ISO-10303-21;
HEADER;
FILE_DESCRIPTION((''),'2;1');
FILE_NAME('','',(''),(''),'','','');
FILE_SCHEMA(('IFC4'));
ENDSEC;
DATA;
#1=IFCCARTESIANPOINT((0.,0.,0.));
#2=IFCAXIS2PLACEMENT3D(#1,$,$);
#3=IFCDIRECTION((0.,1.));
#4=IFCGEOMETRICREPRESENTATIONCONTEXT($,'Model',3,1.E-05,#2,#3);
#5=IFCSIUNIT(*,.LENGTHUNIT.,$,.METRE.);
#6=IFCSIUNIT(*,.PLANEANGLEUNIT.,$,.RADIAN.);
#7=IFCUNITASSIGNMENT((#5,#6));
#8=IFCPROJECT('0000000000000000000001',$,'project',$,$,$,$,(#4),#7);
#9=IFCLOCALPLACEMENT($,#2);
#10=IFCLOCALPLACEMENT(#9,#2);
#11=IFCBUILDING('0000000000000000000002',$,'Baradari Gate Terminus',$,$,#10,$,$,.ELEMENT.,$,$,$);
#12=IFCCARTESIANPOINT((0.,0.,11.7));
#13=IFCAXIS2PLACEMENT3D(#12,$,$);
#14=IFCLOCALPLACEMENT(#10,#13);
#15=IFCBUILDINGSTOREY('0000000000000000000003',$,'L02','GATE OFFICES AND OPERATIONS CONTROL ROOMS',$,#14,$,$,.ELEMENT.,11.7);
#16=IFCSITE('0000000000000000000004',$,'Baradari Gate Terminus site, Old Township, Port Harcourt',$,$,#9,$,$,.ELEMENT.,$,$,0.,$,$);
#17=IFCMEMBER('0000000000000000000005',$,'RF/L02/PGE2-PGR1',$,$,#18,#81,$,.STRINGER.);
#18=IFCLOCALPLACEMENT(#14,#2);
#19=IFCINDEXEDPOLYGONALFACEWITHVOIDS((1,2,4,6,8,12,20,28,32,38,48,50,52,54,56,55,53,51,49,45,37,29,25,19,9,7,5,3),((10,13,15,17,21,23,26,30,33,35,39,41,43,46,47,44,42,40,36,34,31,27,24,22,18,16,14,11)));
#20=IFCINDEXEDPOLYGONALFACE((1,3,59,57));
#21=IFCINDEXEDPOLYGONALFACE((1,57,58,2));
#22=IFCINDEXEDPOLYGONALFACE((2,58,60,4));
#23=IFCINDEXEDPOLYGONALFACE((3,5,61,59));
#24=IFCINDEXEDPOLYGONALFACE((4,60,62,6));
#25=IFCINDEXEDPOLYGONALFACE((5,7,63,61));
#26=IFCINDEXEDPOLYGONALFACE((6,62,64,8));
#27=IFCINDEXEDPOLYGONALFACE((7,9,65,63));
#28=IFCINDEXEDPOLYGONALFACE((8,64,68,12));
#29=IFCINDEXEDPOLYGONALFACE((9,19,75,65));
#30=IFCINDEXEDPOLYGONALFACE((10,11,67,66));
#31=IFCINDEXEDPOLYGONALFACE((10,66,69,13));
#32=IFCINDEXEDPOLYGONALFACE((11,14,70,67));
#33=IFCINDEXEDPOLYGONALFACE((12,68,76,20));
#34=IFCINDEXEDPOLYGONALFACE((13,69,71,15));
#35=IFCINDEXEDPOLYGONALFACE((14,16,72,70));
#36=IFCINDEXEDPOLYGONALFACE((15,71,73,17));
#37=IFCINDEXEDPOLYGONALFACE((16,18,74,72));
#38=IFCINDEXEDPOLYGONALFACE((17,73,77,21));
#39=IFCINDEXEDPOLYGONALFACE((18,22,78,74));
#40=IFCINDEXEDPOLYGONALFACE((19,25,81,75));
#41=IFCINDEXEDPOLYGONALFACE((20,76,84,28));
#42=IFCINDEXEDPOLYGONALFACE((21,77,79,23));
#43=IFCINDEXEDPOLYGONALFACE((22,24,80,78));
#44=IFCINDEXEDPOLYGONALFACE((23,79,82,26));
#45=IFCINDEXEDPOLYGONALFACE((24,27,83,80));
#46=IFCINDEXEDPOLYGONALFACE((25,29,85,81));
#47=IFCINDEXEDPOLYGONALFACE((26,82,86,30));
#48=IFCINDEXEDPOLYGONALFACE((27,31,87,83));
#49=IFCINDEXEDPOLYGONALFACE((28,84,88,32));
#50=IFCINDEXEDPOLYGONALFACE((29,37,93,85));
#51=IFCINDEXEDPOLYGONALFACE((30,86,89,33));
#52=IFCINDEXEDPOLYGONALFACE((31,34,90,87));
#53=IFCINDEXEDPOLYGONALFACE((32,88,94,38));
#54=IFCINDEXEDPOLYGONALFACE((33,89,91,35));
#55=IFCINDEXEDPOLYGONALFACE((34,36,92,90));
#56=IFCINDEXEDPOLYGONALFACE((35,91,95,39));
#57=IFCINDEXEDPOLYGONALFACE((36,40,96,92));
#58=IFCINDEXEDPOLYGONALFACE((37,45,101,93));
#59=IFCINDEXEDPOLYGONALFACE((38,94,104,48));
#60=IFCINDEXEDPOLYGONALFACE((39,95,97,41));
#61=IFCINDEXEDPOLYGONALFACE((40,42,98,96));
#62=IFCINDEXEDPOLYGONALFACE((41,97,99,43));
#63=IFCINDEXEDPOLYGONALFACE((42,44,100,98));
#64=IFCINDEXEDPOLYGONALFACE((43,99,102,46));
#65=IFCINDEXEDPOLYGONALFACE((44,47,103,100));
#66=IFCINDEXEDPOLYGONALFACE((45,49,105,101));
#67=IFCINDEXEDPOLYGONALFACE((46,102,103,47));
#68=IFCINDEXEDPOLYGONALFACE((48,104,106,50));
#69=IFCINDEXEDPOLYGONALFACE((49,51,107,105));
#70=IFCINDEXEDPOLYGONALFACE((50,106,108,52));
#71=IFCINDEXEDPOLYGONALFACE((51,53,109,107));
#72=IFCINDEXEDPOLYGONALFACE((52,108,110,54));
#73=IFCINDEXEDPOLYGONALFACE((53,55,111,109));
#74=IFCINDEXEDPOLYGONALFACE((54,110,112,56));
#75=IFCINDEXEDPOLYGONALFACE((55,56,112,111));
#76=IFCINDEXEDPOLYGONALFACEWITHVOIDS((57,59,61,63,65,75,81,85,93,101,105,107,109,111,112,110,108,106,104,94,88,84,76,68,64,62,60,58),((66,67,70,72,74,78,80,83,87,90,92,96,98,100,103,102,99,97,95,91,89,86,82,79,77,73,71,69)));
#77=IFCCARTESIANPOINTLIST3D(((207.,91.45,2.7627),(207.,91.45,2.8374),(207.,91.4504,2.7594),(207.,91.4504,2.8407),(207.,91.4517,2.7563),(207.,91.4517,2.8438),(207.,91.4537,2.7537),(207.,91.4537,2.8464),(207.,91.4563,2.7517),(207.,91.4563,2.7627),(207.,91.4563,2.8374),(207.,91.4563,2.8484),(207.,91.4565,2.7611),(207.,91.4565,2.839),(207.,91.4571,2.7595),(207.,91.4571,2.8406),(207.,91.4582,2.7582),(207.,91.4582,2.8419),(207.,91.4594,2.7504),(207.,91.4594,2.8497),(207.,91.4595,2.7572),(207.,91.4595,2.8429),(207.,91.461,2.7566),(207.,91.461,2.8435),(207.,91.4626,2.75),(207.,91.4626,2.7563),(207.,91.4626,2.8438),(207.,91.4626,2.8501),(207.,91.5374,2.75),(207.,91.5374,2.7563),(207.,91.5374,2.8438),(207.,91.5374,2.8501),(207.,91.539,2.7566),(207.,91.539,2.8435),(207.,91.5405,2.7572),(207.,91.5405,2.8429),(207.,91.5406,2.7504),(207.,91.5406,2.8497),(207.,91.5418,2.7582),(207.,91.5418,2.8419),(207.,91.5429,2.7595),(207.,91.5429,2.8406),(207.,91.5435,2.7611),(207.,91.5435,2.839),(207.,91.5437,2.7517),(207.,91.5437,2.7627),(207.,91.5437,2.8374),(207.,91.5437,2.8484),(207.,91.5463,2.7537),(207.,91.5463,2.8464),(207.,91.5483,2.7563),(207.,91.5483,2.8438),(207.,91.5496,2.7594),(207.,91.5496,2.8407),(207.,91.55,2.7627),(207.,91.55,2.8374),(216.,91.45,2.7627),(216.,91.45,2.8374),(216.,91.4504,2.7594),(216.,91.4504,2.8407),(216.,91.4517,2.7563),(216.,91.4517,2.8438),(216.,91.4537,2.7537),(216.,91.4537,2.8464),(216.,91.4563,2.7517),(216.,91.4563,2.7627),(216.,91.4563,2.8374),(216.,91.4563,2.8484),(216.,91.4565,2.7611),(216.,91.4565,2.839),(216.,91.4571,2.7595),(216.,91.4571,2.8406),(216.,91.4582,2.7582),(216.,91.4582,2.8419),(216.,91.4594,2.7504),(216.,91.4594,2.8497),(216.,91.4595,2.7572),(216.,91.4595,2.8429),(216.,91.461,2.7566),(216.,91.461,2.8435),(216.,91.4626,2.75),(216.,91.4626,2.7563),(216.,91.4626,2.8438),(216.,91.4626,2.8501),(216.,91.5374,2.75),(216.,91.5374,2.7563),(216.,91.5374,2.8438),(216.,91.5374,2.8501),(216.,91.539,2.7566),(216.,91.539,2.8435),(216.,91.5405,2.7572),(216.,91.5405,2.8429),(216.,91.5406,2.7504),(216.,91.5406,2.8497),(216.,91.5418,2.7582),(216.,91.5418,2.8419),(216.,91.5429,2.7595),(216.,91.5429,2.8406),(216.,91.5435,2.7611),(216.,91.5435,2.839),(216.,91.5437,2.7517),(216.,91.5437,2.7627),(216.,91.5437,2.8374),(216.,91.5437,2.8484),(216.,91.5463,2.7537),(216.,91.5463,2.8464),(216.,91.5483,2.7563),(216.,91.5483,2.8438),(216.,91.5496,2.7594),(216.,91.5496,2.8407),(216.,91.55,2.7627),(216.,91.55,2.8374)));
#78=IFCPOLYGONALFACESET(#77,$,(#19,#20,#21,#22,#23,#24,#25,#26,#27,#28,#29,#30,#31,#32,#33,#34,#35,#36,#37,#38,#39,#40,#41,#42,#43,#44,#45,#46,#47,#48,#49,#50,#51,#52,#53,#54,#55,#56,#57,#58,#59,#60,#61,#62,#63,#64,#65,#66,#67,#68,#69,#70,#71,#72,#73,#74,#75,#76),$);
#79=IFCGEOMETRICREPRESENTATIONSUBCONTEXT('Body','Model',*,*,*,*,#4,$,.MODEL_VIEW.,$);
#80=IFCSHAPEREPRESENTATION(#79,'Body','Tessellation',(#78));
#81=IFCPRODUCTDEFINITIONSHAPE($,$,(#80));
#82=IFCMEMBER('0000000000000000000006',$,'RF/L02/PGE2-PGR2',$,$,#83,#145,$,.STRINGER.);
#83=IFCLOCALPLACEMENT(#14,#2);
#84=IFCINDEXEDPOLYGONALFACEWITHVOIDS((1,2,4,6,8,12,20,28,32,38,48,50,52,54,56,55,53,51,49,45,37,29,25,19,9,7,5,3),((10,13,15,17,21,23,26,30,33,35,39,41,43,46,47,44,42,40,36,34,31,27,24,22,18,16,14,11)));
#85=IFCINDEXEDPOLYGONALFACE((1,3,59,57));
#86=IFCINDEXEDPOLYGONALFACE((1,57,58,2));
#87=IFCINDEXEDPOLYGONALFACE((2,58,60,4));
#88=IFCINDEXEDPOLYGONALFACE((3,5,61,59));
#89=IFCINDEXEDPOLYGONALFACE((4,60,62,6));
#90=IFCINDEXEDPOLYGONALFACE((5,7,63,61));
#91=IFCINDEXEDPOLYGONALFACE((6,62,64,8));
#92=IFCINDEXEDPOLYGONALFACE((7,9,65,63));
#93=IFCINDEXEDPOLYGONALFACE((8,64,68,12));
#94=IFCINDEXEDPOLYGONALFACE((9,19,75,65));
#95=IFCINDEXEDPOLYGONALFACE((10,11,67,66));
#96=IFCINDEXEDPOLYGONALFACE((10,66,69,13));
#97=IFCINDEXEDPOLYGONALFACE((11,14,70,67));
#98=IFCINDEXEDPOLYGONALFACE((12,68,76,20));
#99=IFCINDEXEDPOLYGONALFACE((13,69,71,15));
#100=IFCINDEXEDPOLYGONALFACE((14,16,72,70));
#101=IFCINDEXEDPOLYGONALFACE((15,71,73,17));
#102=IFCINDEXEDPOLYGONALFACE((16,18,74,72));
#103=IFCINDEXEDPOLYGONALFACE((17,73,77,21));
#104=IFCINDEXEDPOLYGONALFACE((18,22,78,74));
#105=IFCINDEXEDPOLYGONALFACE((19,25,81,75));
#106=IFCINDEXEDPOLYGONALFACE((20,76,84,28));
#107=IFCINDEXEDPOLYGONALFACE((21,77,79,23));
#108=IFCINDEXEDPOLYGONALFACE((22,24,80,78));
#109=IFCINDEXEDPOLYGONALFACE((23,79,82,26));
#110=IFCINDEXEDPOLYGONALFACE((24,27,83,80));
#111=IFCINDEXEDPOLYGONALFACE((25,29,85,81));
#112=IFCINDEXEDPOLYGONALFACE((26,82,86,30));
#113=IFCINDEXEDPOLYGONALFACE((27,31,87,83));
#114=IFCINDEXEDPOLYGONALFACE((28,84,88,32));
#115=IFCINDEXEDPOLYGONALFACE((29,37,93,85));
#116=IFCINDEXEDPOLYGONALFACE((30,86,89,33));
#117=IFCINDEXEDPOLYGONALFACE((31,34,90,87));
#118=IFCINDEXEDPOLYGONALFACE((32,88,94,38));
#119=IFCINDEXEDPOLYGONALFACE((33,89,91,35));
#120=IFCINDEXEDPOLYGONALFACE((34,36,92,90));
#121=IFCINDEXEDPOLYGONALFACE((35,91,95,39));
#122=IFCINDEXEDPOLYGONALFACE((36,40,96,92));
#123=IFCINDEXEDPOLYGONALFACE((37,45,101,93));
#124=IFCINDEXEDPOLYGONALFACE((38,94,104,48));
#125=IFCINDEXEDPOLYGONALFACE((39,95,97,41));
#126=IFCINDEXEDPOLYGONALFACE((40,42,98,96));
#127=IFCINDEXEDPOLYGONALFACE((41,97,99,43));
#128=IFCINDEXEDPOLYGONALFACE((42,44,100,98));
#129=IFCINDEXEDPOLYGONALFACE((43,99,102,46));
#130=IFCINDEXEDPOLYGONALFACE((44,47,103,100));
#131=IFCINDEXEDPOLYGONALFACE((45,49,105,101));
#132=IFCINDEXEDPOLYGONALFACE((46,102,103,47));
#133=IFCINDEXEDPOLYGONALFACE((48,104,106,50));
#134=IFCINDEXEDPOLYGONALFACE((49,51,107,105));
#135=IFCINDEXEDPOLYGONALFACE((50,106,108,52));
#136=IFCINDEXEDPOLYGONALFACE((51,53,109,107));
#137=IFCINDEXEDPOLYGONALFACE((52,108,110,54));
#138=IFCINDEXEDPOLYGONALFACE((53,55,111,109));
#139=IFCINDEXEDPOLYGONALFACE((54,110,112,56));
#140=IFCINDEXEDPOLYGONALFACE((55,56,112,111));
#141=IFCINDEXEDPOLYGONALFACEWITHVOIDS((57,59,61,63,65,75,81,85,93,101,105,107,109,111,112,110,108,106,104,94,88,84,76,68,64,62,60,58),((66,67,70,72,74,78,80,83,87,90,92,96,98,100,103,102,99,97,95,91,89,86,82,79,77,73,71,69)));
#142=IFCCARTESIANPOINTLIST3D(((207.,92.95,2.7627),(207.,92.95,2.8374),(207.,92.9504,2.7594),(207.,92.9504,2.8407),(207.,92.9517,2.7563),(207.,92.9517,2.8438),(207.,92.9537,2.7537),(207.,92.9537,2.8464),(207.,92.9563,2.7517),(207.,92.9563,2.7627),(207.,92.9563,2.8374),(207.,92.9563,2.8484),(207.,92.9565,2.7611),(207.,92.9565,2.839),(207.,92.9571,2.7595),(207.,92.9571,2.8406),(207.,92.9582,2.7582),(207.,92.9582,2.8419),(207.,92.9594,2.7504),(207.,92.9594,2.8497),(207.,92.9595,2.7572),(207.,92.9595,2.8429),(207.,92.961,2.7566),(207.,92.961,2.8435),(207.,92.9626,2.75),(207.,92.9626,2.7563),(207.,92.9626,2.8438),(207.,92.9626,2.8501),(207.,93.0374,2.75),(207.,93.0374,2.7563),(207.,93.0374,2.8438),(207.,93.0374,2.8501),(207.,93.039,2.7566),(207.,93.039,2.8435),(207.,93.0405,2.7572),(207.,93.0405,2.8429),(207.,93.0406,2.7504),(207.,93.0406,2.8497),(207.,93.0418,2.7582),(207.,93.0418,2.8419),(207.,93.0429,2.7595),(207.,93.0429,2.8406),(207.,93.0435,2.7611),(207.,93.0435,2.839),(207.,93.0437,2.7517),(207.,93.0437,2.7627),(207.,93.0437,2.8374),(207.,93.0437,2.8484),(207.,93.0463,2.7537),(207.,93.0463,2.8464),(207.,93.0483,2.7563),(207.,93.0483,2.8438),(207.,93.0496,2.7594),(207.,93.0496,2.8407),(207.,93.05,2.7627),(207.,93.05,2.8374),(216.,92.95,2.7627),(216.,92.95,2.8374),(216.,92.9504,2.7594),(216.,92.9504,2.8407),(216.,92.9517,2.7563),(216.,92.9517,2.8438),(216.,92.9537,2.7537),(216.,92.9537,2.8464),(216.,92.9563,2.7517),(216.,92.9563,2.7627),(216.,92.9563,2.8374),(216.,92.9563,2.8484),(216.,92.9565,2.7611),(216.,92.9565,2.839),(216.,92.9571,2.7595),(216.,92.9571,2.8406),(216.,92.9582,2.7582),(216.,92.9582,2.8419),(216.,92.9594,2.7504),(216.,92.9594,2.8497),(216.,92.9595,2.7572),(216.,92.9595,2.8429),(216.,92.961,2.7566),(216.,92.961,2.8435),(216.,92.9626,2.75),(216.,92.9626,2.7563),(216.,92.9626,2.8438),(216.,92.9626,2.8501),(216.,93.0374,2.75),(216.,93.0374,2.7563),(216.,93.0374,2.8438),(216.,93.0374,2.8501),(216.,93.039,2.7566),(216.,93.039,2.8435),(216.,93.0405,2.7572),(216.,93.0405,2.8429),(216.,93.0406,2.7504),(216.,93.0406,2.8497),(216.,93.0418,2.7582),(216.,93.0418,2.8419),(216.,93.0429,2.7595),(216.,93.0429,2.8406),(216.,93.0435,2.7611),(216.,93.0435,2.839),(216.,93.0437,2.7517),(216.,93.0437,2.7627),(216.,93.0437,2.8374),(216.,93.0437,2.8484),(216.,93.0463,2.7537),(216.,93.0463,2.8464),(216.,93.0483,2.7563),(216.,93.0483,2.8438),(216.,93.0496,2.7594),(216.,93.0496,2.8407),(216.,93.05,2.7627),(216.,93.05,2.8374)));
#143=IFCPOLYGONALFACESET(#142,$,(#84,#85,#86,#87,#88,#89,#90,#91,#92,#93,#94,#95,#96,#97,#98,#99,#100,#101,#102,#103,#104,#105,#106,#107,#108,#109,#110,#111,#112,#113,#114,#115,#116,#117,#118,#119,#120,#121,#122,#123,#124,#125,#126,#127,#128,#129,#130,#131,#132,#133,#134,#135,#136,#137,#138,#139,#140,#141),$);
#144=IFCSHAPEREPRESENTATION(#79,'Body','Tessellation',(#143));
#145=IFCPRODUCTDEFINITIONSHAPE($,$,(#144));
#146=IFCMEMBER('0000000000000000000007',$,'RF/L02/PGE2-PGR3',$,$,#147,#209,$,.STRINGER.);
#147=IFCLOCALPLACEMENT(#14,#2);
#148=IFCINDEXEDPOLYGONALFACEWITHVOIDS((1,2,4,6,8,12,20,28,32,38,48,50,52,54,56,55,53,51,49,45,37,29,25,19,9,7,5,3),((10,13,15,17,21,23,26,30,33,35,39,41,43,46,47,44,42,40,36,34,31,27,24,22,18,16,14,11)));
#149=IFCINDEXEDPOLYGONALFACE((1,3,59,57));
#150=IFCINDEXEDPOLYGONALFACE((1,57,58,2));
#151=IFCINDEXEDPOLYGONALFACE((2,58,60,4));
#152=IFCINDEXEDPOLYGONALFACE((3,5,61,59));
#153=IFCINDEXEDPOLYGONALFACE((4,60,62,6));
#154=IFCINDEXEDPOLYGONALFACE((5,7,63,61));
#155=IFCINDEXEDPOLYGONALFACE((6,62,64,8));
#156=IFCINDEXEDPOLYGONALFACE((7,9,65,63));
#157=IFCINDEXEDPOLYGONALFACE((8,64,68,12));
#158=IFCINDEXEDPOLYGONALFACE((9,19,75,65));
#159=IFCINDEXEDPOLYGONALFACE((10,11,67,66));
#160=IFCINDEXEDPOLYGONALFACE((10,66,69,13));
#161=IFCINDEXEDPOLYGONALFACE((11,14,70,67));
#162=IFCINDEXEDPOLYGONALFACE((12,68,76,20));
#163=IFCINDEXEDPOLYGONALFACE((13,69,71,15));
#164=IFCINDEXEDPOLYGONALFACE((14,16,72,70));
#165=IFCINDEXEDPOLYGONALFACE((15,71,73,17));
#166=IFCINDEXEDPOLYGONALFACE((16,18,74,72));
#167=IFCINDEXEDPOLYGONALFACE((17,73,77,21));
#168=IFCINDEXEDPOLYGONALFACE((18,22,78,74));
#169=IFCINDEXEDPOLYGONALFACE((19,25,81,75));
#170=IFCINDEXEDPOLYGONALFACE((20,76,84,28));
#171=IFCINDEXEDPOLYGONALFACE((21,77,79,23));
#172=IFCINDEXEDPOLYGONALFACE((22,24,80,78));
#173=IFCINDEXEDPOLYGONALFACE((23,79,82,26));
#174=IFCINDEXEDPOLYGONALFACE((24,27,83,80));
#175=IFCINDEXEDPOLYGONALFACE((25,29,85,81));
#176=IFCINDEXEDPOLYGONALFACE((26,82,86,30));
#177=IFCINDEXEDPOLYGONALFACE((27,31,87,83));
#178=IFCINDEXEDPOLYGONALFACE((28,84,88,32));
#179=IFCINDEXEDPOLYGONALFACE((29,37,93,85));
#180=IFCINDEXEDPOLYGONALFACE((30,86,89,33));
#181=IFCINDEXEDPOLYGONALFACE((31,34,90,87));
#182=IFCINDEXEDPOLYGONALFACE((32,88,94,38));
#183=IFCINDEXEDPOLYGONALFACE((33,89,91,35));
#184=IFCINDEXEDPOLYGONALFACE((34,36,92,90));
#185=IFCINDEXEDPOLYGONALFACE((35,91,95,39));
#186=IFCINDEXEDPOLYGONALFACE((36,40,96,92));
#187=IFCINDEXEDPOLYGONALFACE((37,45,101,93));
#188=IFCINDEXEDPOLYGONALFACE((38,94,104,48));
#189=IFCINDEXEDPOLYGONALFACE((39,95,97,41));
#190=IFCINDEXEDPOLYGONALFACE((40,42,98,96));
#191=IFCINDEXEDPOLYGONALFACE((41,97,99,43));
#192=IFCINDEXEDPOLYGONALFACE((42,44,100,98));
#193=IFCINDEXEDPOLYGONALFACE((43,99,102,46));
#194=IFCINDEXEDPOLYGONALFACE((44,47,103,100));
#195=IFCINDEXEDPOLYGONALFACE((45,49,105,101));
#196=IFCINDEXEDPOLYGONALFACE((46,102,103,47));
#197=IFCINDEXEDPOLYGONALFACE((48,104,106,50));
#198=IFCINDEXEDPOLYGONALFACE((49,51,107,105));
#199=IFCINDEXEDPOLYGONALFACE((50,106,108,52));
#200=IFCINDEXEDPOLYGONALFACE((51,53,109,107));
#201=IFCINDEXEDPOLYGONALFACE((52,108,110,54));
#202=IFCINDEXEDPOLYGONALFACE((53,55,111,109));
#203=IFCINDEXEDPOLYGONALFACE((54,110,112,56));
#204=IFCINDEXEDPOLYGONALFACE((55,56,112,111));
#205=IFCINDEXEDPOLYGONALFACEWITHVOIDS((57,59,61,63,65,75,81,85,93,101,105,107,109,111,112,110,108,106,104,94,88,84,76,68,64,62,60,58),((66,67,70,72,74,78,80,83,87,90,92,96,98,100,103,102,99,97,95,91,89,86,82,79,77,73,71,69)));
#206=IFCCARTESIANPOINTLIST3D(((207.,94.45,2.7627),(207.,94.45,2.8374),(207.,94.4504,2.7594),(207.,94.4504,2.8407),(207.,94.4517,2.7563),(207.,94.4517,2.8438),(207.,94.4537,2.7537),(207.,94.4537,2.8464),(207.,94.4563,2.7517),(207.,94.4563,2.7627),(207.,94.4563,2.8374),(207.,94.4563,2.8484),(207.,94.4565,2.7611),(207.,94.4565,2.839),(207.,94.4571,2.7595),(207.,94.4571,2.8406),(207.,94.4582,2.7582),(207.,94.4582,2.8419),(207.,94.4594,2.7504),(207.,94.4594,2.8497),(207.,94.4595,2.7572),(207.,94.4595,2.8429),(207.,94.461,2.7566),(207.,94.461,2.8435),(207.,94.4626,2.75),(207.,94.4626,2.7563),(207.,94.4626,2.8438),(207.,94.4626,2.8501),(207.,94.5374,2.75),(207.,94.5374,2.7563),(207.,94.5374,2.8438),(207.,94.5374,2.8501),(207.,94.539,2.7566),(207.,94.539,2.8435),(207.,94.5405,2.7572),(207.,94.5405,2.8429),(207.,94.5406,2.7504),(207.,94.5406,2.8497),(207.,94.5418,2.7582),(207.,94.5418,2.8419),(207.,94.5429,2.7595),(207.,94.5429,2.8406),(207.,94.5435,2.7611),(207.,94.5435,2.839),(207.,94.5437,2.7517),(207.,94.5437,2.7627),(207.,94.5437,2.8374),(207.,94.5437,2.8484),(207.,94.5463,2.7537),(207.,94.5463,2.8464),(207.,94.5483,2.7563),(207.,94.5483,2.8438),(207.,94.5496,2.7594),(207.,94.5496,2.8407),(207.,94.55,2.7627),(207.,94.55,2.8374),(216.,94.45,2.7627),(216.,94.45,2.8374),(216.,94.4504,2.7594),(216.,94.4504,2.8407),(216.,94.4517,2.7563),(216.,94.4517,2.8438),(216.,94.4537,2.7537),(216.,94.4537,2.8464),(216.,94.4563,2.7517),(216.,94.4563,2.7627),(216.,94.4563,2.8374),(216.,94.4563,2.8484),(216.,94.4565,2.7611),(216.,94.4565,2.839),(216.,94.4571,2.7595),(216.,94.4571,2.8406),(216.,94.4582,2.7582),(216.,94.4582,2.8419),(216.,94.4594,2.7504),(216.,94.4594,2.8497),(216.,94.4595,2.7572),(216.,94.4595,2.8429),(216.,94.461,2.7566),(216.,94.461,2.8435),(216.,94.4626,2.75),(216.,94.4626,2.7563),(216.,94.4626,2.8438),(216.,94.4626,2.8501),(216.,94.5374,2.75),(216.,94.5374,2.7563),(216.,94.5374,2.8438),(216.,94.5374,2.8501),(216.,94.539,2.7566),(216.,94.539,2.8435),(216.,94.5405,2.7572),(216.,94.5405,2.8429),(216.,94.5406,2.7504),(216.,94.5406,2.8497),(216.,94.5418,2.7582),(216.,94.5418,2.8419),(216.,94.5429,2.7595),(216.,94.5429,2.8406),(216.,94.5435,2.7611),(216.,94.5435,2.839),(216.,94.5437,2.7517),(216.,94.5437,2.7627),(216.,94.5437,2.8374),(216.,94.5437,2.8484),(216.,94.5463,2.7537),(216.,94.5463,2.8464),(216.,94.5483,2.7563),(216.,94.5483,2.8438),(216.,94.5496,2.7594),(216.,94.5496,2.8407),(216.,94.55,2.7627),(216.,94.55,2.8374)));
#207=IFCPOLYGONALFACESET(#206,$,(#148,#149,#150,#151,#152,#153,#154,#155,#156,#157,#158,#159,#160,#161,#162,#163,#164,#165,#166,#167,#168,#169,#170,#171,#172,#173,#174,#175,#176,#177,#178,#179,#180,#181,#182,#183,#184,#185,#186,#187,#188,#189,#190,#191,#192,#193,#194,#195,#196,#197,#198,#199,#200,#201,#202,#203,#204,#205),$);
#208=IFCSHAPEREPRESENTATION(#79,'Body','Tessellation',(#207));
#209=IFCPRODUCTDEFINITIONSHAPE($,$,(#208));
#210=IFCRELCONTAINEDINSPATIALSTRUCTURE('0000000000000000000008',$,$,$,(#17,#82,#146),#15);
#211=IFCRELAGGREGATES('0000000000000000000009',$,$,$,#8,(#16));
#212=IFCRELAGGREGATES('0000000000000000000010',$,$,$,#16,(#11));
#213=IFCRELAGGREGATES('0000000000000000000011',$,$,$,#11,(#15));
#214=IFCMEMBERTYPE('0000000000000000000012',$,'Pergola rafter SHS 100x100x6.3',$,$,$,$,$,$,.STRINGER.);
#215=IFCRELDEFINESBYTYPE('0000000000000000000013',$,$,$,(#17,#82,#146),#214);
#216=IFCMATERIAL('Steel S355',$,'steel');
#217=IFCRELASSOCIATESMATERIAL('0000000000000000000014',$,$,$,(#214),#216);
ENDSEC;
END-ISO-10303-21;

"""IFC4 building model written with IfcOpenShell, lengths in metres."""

from ifc_helpers import new_model, si_unit, direction, frame, origin, origin_2d, place, context, subcontext, project, spatial, hollow_rectangle, extrude, material, material_profile, profile_set, type_object, element, save


model = new_model("IFC4")

# Units and contexts
model_context = context("Model", 3, precision=1e-05, world=origin(), true_north=direction((0.0, 1.0)))
body_context = subcontext(model_context, "Body", "Model", "MODEL_VIEW")
ifc_project = project(units=[si_unit("LENGTHUNIT", "METRE"), si_unit("PLANEANGLEUNIT", "RADIAN")], contexts=[model_context])

# Site, building, storey
site_placement = place(None, origin())
site = spatial("IfcSite", under=ifc_project, at=site_placement, Name="Baradari Gate Terminus site, Old Township, Port Harcourt", CompositionType="ELEMENT", RefElevation=0.0)
building_placement = place(site_placement, origin())
building = spatial("IfcBuilding", under=site, at=building_placement, Name="Baradari Gate Terminus", CompositionType="ELEMENT")
storey_placement = place(building_placement, frame((0.0, 0.0, 11.7)))
storey = spatial("IfcBuildingStorey", under=building, at=storey_placement, Name="L02", Description="GATE OFFICES AND OPERATIONS CONTROL ROOMS", CompositionType="ELEMENT", Elevation=11.7)

# Members
ifc_material_1 = material(Name="Steel S355", Category="steel")
ifc_material_profile_1 = material_profile(ifc_material_1, hollow_rectangle(XDim=0.1001, YDim=0.1001, WallThickness=0.0063, InnerFilletRadius=0.0063, OuterFilletRadius=0.0127, at=origin_2d()), Name="SHS 100x100x6.3")
ifc_profile_set_1 = profile_set([ifc_material_profile_1], Name="Steel S355")
member_type_1 = type_object("IfcMemberType", Name="Pergola rafter SHS 100x100x6.3", PredefinedType="STRINGER", material=ifc_profile_set_1)
for number, where, z_axis, x_axis, name in (
    (1, (207.0, 91.5, 2.8), (1.0, 0.0, 0.0), (0.0, 1.0, 0.0), "RF/L02/PGE2-PGR1"),
    (2, (207.0, 93.0, 2.8), (1.0, 0.0, 0.0), (0.0, 1.0, 0.0), "RF/L02/PGE2-PGR2"),
    (3, (207.0, 94.5, 2.8), (1.0, 0.0, 0.0), (0.0, 1.0, 0.0), "RF/L02/PGE2-PGR3"),
):
    element("IfcMember", number, at=place(storey_placement, frame(where, z_axis=z_axis, x_axis=x_axis)), inside=storey, type_object=member_type_1, Name=name, PredefinedType="STRINGER", context=body_context, shape_type="SweptSolid", body=[
        extrude(hollow_rectangle(XDim=0.1001, YDim=0.1001, WallThickness=0.0063, InnerFilletRadius=0.0063, OuterFilletRadius=0.0127, at=origin_2d()), origin(), (0.0, 0.0, 1.0), 9.0),
    ])

save(model, "model.ifc")
